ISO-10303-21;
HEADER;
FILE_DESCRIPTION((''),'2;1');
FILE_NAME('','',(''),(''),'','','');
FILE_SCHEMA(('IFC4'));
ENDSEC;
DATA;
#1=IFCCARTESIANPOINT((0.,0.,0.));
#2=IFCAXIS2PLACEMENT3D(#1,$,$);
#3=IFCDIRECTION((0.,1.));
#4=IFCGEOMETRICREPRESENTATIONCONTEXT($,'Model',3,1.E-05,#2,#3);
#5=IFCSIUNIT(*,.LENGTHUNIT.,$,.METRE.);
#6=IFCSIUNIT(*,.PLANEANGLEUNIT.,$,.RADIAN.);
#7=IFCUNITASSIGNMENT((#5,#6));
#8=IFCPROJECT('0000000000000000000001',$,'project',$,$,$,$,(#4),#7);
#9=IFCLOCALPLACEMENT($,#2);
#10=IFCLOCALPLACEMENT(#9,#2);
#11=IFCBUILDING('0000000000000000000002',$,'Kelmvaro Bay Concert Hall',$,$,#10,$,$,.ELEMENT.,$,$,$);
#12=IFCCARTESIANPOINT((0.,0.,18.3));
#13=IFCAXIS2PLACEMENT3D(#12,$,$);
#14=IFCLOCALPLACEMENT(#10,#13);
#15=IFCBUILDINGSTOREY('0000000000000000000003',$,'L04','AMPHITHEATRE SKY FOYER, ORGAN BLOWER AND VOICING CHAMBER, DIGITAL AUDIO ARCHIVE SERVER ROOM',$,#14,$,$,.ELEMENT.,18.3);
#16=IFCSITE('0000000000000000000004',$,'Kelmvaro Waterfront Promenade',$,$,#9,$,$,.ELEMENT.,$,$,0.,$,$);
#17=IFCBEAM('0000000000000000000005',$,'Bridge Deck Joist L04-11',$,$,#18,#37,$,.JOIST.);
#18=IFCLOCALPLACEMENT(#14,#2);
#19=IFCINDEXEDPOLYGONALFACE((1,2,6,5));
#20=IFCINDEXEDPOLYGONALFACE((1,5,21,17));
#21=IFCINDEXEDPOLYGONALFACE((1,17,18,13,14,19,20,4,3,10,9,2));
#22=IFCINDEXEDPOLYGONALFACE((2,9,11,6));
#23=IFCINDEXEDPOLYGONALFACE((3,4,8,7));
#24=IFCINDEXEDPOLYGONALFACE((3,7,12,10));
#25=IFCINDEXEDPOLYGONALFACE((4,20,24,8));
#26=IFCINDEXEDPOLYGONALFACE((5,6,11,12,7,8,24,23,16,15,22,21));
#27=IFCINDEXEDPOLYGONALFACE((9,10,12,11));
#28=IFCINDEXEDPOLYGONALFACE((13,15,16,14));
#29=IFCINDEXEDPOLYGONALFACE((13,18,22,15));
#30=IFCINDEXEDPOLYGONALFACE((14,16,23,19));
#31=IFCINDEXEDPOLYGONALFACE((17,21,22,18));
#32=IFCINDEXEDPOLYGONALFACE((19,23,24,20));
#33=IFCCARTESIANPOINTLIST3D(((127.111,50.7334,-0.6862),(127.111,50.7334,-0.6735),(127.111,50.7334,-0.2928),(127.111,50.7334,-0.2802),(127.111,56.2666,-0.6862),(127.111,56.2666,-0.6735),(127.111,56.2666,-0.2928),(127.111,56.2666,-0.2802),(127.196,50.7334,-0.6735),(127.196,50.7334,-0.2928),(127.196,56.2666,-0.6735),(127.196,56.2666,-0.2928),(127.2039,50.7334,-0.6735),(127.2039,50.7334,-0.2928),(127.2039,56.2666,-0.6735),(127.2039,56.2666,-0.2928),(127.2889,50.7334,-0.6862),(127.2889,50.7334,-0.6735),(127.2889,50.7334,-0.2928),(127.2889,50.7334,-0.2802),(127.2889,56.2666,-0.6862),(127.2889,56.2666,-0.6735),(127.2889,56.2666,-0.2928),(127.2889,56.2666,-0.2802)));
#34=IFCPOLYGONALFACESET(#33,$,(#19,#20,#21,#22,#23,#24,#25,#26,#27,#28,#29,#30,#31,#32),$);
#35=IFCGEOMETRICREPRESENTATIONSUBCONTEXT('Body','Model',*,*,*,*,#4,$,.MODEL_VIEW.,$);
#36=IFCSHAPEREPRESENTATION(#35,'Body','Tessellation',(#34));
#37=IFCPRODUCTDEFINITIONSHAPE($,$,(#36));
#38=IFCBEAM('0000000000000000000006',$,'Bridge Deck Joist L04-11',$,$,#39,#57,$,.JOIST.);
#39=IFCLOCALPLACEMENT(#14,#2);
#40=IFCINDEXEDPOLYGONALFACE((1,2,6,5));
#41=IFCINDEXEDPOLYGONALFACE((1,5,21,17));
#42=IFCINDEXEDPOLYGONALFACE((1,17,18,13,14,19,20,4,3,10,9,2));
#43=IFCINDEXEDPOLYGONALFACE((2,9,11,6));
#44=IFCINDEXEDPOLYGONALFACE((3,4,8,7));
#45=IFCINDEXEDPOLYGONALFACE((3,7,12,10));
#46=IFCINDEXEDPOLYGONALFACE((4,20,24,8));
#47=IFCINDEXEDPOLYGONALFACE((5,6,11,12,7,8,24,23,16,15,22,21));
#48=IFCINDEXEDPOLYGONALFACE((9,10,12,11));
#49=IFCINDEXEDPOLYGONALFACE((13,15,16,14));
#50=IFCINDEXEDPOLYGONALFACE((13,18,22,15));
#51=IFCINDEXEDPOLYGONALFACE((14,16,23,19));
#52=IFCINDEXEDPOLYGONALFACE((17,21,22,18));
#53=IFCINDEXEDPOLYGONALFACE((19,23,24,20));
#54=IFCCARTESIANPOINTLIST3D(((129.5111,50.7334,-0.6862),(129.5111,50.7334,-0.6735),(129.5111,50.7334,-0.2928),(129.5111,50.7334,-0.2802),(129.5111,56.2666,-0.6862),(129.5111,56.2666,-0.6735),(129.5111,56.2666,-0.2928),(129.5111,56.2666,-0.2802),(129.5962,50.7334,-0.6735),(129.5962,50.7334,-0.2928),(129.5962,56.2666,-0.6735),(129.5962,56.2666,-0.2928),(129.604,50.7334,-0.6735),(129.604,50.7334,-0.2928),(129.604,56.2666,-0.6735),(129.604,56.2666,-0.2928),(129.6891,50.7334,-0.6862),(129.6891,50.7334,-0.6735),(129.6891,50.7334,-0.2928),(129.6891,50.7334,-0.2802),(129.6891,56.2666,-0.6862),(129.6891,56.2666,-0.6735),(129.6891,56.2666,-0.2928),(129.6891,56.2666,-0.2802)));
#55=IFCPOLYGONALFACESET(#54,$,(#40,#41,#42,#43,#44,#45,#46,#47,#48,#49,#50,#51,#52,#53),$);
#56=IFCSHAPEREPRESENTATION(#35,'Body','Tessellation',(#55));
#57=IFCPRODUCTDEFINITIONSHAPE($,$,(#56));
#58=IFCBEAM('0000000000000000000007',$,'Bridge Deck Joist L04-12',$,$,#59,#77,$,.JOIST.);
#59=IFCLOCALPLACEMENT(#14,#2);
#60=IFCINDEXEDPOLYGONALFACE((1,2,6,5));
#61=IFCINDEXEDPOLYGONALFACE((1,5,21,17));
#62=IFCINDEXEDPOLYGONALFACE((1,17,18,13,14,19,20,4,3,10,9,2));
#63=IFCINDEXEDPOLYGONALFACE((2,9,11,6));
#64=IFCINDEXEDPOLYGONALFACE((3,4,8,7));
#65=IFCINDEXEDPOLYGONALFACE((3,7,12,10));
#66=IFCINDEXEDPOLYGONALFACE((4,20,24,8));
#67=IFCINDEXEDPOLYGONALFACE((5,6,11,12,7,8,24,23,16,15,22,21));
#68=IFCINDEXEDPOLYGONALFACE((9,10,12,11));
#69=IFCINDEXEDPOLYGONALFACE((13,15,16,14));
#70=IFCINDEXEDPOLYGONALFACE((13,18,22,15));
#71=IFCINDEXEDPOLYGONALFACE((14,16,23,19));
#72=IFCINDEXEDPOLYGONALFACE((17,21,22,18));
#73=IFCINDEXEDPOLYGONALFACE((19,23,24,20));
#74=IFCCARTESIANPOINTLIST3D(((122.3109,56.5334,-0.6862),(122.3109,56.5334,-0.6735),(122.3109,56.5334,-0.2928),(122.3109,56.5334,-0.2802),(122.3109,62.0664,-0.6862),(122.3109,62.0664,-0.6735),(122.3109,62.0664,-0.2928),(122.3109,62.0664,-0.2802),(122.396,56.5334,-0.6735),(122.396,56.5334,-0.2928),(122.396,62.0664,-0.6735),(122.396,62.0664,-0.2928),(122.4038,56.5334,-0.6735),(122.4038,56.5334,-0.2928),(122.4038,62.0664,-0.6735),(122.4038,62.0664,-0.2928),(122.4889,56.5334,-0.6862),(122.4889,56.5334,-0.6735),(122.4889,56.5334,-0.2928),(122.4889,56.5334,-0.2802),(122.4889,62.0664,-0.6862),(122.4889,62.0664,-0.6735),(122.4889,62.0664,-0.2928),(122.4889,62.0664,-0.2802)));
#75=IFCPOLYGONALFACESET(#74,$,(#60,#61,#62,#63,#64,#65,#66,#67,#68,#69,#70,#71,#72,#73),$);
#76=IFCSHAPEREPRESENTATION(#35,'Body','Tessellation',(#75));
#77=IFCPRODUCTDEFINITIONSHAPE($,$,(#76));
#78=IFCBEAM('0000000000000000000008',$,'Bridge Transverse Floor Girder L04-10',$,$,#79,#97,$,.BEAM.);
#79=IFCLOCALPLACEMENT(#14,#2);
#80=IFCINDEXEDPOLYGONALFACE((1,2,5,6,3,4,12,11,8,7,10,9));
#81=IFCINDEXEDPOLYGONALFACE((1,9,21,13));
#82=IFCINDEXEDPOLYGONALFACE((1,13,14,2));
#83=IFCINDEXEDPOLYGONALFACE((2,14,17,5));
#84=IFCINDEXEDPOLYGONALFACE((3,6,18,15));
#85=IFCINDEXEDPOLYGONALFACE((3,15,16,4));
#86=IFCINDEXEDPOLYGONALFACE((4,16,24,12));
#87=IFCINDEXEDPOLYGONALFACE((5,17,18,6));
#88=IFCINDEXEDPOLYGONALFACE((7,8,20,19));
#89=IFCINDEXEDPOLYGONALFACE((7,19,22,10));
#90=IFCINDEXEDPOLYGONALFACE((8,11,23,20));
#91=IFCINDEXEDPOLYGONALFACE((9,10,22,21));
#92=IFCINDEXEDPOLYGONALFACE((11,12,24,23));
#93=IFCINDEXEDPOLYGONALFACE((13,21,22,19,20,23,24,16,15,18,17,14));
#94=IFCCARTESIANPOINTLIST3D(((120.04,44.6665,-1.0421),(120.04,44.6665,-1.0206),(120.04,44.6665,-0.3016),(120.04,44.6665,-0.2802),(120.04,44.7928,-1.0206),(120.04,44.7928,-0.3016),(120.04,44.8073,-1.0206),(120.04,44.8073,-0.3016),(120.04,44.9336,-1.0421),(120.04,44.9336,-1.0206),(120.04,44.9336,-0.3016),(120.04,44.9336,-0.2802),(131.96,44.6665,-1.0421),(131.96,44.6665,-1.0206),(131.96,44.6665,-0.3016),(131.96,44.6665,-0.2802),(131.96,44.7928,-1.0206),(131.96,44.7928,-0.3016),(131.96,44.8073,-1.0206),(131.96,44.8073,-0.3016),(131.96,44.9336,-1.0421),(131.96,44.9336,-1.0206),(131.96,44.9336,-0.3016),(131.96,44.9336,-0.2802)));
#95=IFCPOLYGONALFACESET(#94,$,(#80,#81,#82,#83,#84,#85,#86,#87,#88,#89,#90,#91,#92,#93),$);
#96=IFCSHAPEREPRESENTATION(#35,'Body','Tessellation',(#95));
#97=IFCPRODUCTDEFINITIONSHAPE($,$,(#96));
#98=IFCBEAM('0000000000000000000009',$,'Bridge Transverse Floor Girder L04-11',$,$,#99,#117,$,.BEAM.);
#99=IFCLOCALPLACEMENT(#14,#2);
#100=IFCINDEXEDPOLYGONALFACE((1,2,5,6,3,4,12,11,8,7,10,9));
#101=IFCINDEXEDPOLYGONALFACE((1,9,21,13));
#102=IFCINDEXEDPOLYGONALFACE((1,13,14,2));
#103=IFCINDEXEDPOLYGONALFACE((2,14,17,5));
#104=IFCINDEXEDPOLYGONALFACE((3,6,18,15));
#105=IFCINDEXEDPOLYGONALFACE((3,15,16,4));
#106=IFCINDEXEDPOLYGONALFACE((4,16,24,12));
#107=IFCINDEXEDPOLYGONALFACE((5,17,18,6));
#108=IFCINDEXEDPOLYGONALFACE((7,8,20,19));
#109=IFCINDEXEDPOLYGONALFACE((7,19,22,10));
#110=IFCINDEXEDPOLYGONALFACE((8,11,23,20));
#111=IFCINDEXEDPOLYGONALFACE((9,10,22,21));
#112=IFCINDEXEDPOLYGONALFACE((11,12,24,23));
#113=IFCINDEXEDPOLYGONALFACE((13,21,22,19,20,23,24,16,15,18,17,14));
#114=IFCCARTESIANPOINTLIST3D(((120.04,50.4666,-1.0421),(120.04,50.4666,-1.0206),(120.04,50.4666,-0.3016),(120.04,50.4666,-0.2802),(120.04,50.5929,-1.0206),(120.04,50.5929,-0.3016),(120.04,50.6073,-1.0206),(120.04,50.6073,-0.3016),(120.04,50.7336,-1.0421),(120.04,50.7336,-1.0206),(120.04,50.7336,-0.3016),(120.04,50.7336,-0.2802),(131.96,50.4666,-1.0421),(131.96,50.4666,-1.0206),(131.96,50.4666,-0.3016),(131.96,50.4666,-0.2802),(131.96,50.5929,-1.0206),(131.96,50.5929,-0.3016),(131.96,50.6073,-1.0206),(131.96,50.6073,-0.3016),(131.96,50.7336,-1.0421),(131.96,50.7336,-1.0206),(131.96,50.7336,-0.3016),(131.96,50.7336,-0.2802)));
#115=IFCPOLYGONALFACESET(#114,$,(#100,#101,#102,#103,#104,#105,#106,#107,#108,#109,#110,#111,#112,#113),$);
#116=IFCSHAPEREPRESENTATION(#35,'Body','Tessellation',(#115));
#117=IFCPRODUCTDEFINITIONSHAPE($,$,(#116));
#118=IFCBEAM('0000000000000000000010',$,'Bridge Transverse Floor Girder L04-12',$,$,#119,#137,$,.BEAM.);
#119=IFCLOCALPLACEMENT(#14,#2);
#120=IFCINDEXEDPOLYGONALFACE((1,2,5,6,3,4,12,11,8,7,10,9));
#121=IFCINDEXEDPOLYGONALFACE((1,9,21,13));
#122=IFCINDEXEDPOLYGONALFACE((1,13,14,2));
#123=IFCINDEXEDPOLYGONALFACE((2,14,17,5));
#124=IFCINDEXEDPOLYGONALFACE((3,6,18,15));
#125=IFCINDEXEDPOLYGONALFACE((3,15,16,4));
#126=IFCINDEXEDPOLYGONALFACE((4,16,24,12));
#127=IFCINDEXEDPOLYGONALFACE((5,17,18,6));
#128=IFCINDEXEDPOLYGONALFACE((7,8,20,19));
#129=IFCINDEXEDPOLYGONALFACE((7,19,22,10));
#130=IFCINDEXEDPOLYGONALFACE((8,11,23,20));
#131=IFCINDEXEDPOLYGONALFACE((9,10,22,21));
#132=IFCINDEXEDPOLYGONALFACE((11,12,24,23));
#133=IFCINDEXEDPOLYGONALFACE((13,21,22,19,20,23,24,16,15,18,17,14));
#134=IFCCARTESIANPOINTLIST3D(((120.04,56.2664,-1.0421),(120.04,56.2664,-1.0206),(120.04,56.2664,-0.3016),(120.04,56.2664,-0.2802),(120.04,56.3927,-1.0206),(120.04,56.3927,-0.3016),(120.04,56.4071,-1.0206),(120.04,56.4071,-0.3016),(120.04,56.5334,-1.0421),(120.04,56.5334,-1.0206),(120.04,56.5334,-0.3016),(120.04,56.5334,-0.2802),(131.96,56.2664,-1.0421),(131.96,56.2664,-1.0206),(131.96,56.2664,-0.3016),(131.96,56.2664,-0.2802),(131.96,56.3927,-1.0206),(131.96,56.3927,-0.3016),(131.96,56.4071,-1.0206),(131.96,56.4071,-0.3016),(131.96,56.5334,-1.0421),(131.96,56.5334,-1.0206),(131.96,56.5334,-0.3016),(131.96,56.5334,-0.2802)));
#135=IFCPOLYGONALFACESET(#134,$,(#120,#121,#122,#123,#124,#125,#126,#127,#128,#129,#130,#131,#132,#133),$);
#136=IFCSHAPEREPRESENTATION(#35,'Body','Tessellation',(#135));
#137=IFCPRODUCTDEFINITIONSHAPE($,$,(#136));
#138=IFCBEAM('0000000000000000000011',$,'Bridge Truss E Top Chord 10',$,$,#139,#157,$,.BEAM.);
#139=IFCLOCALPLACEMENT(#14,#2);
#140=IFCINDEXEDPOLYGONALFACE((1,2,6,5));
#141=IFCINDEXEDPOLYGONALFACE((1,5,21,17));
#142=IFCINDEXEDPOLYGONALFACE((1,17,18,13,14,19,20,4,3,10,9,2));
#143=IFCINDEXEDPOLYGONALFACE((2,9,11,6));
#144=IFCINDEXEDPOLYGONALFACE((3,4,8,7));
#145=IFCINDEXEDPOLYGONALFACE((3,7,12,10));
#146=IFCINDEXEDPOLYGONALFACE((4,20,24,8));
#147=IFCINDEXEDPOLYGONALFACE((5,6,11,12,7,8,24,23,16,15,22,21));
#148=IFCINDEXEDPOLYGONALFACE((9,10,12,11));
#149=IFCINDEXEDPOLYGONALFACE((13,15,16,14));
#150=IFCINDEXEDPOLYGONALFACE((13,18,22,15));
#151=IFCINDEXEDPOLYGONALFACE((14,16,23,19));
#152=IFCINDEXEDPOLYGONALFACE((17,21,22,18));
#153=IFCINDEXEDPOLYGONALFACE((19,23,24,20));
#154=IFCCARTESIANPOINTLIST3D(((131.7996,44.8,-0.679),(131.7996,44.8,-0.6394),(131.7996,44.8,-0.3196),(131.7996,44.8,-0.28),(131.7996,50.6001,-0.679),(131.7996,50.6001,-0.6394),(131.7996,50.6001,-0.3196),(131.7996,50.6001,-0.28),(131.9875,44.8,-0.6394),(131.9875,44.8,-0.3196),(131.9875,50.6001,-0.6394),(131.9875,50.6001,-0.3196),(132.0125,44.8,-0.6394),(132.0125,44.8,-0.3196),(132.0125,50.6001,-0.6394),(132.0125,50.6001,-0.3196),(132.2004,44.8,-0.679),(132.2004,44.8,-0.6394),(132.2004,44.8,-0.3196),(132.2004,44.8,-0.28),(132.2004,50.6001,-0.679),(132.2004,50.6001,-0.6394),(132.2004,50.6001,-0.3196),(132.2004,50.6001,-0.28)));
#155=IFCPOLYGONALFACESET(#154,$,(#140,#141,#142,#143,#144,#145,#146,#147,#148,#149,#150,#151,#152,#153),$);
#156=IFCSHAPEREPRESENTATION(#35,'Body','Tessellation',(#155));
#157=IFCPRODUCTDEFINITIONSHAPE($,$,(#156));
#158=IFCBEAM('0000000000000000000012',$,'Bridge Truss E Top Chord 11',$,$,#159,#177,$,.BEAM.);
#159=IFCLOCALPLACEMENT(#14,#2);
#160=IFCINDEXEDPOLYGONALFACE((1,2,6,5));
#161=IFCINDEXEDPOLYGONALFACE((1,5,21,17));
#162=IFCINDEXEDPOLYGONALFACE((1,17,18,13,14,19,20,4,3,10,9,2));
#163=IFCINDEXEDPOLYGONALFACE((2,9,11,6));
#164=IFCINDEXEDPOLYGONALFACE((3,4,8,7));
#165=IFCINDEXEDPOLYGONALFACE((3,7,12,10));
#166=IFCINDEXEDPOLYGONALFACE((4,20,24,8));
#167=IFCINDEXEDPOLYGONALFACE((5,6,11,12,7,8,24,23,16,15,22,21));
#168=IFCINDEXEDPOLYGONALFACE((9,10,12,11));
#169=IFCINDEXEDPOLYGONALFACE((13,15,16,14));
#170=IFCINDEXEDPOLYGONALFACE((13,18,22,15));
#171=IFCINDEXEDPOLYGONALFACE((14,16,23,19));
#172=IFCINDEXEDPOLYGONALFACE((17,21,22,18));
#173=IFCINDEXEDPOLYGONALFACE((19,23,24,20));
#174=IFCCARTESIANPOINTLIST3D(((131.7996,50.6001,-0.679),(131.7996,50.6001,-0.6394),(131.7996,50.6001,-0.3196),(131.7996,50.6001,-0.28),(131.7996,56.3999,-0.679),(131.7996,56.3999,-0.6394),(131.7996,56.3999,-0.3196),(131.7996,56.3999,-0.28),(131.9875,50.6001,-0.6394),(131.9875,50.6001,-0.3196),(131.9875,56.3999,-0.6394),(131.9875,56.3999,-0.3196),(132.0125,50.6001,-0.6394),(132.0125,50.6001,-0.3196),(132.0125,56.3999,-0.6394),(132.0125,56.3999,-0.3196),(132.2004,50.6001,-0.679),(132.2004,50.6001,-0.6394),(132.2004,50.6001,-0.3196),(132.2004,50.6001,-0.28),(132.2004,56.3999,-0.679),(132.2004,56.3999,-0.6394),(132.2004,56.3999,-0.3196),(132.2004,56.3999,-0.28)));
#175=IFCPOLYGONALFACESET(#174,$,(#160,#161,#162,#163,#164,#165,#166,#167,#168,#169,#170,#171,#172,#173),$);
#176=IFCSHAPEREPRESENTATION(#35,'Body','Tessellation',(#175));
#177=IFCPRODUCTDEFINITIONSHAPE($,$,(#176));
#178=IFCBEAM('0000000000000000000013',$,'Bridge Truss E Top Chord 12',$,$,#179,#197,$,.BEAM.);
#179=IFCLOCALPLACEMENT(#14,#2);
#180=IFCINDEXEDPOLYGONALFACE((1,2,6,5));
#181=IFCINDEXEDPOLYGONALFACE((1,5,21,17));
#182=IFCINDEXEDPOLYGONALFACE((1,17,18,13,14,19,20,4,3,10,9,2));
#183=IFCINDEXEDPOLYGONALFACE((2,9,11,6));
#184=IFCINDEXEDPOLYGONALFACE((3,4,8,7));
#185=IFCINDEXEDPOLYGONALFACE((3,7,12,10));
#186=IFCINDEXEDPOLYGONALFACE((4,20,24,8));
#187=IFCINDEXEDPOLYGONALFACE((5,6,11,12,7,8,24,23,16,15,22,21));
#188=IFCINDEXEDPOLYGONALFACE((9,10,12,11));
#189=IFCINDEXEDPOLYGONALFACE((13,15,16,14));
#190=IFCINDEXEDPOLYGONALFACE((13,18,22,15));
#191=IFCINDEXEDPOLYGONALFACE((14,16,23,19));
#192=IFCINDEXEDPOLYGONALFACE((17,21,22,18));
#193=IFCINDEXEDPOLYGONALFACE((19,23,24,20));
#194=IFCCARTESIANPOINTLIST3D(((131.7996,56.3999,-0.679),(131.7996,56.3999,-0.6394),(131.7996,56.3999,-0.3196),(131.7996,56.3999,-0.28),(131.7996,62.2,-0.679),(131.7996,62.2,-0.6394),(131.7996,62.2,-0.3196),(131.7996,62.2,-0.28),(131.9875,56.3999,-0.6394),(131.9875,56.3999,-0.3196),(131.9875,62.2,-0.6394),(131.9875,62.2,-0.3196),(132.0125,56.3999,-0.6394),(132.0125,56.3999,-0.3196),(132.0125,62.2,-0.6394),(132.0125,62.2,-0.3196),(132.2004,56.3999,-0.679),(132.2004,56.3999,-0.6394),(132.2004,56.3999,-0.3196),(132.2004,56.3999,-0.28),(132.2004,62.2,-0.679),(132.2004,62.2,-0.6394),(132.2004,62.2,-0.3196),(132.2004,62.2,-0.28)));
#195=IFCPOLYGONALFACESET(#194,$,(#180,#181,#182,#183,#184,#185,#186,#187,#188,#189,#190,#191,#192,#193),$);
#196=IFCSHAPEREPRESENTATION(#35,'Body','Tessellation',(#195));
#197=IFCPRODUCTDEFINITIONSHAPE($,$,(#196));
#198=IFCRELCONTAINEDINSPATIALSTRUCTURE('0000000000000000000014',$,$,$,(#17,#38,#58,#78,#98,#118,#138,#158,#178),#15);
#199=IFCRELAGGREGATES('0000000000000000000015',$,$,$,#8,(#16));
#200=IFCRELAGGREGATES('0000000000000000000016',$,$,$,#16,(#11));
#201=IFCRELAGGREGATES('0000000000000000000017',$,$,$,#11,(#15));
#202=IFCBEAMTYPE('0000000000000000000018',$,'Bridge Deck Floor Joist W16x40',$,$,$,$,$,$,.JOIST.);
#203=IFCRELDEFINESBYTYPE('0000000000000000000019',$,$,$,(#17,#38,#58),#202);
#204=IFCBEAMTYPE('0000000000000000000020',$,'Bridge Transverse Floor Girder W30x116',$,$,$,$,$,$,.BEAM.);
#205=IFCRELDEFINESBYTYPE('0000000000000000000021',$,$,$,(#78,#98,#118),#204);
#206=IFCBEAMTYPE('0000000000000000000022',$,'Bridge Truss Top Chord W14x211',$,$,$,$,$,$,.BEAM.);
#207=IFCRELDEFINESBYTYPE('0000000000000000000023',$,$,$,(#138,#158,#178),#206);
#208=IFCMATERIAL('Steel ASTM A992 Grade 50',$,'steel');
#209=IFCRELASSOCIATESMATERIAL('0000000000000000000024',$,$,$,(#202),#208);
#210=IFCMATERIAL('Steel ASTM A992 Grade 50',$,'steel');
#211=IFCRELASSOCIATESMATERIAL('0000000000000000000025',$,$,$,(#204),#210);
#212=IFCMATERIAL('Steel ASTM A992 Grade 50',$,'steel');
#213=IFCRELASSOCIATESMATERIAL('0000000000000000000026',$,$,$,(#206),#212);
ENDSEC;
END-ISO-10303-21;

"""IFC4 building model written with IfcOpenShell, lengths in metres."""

from ifc_helpers import new_model, si_unit, direction, frame, origin, origin_2d, place, context, subcontext, project, spatial, i_section, extrude, material, material_profile, profile_set, type_object, element, save


model = new_model("IFC4")

# Units and contexts
model_context = context("Model", 3, precision=1e-05, world=origin(), true_north=direction((0.0, 1.0)))
body_context = subcontext(model_context, "Body", "Model", "MODEL_VIEW")
ifc_project = project(units=[si_unit("LENGTHUNIT", "METRE"), si_unit("PLANEANGLEUNIT", "RADIAN")], contexts=[model_context])

# Site, building, storey
site_placement = place(None, origin())
site = spatial("IfcSite", under=ifc_project, at=site_placement, Name="Kelmvaro Waterfront Promenade", CompositionType="ELEMENT", RefElevation=0.0)
building_placement = place(site_placement, origin())
building = spatial("IfcBuilding", under=site, at=building_placement, Name="Kelmvaro Bay Concert Hall", CompositionType="ELEMENT")
storey_placement = place(building_placement, frame((0.0, 0.0, 18.3)))
storey = spatial("IfcBuildingStorey", under=building, at=storey_placement, Name="L04", Description="AMPHITHEATRE SKY FOYER, ORGAN BLOWER AND VOICING CHAMBER, DIGITAL AUDIO ARCHIVE SERVER ROOM", CompositionType="ELEMENT", Elevation=18.3)

# Beams
ifc_material_1 = material(Name="Steel ASTM A992 Grade 50", Category="steel")
ifc_material_profile_1 = material_profile(ifc_material_1, i_section(OverallWidth=0.178, OverallDepth=0.406, WebThickness=0.0078, FlangeThickness=0.0127, at=origin_2d()), Name="W16X40")
ifc_profile_set_1 = profile_set([ifc_material_profile_1], Name="Steel ASTM A992 Grade 50")
beam_type_1 = type_object("IfcBeamType", Name="Bridge Deck Floor Joist W16x40", PredefinedType="JOIST", material=ifc_profile_set_1)
for number, where, z_axis, x_axis, name in (
    (1, (127.2, 50.7334, -0.4832), (0.0, 1.0, 0.0), (-1.0, 0.0, 0.0), "Bridge Deck Joist L04-11"),
    (2, (129.6001, 50.7334, -0.4832), (0.0, 1.0, 0.0), (-1.0, 0.0, 0.0), "Bridge Deck Joist L04-11"),
):
    element("IfcBeam", number, at=place(storey_placement, frame(where, z_axis=z_axis, x_axis=x_axis)), inside=storey, type_object=beam_type_1, Name=name, PredefinedType="JOIST", context=body_context, shape_type="SweptSolid", body=[
        extrude(i_section(OverallWidth=0.178, OverallDepth=0.406, WebThickness=0.0078, FlangeThickness=0.0127, at=origin_2d()), origin(), (0.0, 0.0, 1.0), 5.5332),
    ])
beam_1_placement = place(storey_placement, frame((122.3999, 56.5334, -0.4832), z_axis=(0.0, 1.0, 0.0), x_axis=(-1.0, 0.0, 0.0)))
element("IfcBeam", 3, at=beam_1_placement, inside=storey, type_object=beam_type_1, Name="Bridge Deck Joist L04-12", PredefinedType="JOIST", context=body_context, shape_type="SweptSolid", body=[
    extrude(i_section(OverallWidth=0.178, OverallDepth=0.406, WebThickness=0.0078, FlangeThickness=0.0127, at=origin_2d()), origin(), (0.0, 0.0, 1.0), 5.533),
])
ifc_material_2 = material(Name="Steel ASTM A992 Grade 50", Category="steel")
ifc_material_profile_2 = material_profile(ifc_material_2, i_section(OverallWidth=0.2671, OverallDepth=0.762, WebThickness=0.0144, FlangeThickness=0.0215, at=origin_2d()), Name="W30X116")
ifc_profile_set_2 = profile_set([ifc_material_profile_2], Name="Steel ASTM A992 Grade 50")
beam_type_2 = type_object("IfcBeamType", Name="Bridge Transverse Floor Girder W30x116", PredefinedType="BEAM", material=ifc_profile_set_2)
for number, where, z_axis, x_axis, name in (
    (4, (120.04, 44.8, -0.6611), (1.0, 0.0, 0.0), (0.0, 1.0, 0.0), "Bridge Transverse Floor Girder L04-10"),
    (5, (120.04, 50.6001, -0.6611), (1.0, 0.0, 0.0), (0.0, 1.0, 0.0), "Bridge Transverse Floor Girder L04-11"),
    (6, (120.04, 56.3999, -0.6611), (1.0, 0.0, 0.0), (0.0, 1.0, 0.0), "Bridge Transverse Floor Girder L04-12"),
):
    element("IfcBeam", number, at=place(storey_placement, frame(where, z_axis=z_axis, x_axis=x_axis)), inside=storey, type_object=beam_type_2, Name=name, PredefinedType="BEAM", context=body_context, shape_type="SweptSolid", body=[
        extrude(i_section(OverallWidth=0.2671, OverallDepth=0.762, WebThickness=0.0144, FlangeThickness=0.0215, at=origin_2d()), origin(), (0.0, 0.0, 1.0), 11.9199),
    ])
ifc_material_3 = material(Name="Steel ASTM A992 Grade 50", Category="steel")
ifc_material_profile_3 = material_profile(ifc_material_3, i_section(OverallWidth=0.4009, OverallDepth=0.3989, WebThickness=0.0249, FlangeThickness=0.0396, at=origin_2d()), Name="W14X211")
ifc_profile_set_3 = profile_set([ifc_material_profile_3], Name="Steel ASTM A992 Grade 50")
beam_type_3 = type_object("IfcBeamType", Name="Bridge Truss Top Chord W14x211", PredefinedType="BEAM", material=ifc_profile_set_3)
beam_2_placement = place(storey_placement, frame((132.0, 44.8, -0.4795), z_axis=(0.0, 1.0, 0.0), x_axis=(-1.0, 0.0, 0.0)))
element("IfcBeam", 7, at=beam_2_placement, inside=storey, type_object=beam_type_3, Name="Bridge Truss E Top Chord 10", PredefinedType="BEAM", context=body_context, shape_type="SweptSolid", body=[
    extrude(i_section(OverallWidth=0.4009, OverallDepth=0.3989, WebThickness=0.0249, FlangeThickness=0.0396, at=origin_2d()), origin(), (0.0, 0.0, 1.0), 5.8),
])
beam_3_placement = place(storey_placement, frame((132.0, 50.6001, -0.4795), z_axis=(0.0, 1.0, 0.0), x_axis=(-1.0, 0.0, 0.0)))
element("IfcBeam", 8, at=beam_3_placement, inside=storey, type_object=beam_type_3, Name="Bridge Truss E Top Chord 11", PredefinedType="BEAM", context=body_context, shape_type="SweptSolid", body=[
    extrude(i_section(OverallWidth=0.4009, OverallDepth=0.3989, WebThickness=0.0249, FlangeThickness=0.0396, at=origin_2d()), origin(), (0.0, 0.0, 1.0), 5.7998),
])
beam_4_placement = place(storey_placement, frame((132.0, 56.3999, -0.4795), z_axis=(0.0, 1.0, 0.0), x_axis=(-1.0, 0.0, 0.0)))
element("IfcBeam", 9, at=beam_4_placement, inside=storey, type_object=beam_type_3, Name="Bridge Truss E Top Chord 12", PredefinedType="BEAM", context=body_context, shape_type="SweptSolid", body=[
    extrude(i_section(OverallWidth=0.4009, OverallDepth=0.3989, WebThickness=0.0249, FlangeThickness=0.0396, at=origin_2d()), origin(), (0.0, 0.0, 1.0), 5.8),
])

save(model, "model.ifc")
